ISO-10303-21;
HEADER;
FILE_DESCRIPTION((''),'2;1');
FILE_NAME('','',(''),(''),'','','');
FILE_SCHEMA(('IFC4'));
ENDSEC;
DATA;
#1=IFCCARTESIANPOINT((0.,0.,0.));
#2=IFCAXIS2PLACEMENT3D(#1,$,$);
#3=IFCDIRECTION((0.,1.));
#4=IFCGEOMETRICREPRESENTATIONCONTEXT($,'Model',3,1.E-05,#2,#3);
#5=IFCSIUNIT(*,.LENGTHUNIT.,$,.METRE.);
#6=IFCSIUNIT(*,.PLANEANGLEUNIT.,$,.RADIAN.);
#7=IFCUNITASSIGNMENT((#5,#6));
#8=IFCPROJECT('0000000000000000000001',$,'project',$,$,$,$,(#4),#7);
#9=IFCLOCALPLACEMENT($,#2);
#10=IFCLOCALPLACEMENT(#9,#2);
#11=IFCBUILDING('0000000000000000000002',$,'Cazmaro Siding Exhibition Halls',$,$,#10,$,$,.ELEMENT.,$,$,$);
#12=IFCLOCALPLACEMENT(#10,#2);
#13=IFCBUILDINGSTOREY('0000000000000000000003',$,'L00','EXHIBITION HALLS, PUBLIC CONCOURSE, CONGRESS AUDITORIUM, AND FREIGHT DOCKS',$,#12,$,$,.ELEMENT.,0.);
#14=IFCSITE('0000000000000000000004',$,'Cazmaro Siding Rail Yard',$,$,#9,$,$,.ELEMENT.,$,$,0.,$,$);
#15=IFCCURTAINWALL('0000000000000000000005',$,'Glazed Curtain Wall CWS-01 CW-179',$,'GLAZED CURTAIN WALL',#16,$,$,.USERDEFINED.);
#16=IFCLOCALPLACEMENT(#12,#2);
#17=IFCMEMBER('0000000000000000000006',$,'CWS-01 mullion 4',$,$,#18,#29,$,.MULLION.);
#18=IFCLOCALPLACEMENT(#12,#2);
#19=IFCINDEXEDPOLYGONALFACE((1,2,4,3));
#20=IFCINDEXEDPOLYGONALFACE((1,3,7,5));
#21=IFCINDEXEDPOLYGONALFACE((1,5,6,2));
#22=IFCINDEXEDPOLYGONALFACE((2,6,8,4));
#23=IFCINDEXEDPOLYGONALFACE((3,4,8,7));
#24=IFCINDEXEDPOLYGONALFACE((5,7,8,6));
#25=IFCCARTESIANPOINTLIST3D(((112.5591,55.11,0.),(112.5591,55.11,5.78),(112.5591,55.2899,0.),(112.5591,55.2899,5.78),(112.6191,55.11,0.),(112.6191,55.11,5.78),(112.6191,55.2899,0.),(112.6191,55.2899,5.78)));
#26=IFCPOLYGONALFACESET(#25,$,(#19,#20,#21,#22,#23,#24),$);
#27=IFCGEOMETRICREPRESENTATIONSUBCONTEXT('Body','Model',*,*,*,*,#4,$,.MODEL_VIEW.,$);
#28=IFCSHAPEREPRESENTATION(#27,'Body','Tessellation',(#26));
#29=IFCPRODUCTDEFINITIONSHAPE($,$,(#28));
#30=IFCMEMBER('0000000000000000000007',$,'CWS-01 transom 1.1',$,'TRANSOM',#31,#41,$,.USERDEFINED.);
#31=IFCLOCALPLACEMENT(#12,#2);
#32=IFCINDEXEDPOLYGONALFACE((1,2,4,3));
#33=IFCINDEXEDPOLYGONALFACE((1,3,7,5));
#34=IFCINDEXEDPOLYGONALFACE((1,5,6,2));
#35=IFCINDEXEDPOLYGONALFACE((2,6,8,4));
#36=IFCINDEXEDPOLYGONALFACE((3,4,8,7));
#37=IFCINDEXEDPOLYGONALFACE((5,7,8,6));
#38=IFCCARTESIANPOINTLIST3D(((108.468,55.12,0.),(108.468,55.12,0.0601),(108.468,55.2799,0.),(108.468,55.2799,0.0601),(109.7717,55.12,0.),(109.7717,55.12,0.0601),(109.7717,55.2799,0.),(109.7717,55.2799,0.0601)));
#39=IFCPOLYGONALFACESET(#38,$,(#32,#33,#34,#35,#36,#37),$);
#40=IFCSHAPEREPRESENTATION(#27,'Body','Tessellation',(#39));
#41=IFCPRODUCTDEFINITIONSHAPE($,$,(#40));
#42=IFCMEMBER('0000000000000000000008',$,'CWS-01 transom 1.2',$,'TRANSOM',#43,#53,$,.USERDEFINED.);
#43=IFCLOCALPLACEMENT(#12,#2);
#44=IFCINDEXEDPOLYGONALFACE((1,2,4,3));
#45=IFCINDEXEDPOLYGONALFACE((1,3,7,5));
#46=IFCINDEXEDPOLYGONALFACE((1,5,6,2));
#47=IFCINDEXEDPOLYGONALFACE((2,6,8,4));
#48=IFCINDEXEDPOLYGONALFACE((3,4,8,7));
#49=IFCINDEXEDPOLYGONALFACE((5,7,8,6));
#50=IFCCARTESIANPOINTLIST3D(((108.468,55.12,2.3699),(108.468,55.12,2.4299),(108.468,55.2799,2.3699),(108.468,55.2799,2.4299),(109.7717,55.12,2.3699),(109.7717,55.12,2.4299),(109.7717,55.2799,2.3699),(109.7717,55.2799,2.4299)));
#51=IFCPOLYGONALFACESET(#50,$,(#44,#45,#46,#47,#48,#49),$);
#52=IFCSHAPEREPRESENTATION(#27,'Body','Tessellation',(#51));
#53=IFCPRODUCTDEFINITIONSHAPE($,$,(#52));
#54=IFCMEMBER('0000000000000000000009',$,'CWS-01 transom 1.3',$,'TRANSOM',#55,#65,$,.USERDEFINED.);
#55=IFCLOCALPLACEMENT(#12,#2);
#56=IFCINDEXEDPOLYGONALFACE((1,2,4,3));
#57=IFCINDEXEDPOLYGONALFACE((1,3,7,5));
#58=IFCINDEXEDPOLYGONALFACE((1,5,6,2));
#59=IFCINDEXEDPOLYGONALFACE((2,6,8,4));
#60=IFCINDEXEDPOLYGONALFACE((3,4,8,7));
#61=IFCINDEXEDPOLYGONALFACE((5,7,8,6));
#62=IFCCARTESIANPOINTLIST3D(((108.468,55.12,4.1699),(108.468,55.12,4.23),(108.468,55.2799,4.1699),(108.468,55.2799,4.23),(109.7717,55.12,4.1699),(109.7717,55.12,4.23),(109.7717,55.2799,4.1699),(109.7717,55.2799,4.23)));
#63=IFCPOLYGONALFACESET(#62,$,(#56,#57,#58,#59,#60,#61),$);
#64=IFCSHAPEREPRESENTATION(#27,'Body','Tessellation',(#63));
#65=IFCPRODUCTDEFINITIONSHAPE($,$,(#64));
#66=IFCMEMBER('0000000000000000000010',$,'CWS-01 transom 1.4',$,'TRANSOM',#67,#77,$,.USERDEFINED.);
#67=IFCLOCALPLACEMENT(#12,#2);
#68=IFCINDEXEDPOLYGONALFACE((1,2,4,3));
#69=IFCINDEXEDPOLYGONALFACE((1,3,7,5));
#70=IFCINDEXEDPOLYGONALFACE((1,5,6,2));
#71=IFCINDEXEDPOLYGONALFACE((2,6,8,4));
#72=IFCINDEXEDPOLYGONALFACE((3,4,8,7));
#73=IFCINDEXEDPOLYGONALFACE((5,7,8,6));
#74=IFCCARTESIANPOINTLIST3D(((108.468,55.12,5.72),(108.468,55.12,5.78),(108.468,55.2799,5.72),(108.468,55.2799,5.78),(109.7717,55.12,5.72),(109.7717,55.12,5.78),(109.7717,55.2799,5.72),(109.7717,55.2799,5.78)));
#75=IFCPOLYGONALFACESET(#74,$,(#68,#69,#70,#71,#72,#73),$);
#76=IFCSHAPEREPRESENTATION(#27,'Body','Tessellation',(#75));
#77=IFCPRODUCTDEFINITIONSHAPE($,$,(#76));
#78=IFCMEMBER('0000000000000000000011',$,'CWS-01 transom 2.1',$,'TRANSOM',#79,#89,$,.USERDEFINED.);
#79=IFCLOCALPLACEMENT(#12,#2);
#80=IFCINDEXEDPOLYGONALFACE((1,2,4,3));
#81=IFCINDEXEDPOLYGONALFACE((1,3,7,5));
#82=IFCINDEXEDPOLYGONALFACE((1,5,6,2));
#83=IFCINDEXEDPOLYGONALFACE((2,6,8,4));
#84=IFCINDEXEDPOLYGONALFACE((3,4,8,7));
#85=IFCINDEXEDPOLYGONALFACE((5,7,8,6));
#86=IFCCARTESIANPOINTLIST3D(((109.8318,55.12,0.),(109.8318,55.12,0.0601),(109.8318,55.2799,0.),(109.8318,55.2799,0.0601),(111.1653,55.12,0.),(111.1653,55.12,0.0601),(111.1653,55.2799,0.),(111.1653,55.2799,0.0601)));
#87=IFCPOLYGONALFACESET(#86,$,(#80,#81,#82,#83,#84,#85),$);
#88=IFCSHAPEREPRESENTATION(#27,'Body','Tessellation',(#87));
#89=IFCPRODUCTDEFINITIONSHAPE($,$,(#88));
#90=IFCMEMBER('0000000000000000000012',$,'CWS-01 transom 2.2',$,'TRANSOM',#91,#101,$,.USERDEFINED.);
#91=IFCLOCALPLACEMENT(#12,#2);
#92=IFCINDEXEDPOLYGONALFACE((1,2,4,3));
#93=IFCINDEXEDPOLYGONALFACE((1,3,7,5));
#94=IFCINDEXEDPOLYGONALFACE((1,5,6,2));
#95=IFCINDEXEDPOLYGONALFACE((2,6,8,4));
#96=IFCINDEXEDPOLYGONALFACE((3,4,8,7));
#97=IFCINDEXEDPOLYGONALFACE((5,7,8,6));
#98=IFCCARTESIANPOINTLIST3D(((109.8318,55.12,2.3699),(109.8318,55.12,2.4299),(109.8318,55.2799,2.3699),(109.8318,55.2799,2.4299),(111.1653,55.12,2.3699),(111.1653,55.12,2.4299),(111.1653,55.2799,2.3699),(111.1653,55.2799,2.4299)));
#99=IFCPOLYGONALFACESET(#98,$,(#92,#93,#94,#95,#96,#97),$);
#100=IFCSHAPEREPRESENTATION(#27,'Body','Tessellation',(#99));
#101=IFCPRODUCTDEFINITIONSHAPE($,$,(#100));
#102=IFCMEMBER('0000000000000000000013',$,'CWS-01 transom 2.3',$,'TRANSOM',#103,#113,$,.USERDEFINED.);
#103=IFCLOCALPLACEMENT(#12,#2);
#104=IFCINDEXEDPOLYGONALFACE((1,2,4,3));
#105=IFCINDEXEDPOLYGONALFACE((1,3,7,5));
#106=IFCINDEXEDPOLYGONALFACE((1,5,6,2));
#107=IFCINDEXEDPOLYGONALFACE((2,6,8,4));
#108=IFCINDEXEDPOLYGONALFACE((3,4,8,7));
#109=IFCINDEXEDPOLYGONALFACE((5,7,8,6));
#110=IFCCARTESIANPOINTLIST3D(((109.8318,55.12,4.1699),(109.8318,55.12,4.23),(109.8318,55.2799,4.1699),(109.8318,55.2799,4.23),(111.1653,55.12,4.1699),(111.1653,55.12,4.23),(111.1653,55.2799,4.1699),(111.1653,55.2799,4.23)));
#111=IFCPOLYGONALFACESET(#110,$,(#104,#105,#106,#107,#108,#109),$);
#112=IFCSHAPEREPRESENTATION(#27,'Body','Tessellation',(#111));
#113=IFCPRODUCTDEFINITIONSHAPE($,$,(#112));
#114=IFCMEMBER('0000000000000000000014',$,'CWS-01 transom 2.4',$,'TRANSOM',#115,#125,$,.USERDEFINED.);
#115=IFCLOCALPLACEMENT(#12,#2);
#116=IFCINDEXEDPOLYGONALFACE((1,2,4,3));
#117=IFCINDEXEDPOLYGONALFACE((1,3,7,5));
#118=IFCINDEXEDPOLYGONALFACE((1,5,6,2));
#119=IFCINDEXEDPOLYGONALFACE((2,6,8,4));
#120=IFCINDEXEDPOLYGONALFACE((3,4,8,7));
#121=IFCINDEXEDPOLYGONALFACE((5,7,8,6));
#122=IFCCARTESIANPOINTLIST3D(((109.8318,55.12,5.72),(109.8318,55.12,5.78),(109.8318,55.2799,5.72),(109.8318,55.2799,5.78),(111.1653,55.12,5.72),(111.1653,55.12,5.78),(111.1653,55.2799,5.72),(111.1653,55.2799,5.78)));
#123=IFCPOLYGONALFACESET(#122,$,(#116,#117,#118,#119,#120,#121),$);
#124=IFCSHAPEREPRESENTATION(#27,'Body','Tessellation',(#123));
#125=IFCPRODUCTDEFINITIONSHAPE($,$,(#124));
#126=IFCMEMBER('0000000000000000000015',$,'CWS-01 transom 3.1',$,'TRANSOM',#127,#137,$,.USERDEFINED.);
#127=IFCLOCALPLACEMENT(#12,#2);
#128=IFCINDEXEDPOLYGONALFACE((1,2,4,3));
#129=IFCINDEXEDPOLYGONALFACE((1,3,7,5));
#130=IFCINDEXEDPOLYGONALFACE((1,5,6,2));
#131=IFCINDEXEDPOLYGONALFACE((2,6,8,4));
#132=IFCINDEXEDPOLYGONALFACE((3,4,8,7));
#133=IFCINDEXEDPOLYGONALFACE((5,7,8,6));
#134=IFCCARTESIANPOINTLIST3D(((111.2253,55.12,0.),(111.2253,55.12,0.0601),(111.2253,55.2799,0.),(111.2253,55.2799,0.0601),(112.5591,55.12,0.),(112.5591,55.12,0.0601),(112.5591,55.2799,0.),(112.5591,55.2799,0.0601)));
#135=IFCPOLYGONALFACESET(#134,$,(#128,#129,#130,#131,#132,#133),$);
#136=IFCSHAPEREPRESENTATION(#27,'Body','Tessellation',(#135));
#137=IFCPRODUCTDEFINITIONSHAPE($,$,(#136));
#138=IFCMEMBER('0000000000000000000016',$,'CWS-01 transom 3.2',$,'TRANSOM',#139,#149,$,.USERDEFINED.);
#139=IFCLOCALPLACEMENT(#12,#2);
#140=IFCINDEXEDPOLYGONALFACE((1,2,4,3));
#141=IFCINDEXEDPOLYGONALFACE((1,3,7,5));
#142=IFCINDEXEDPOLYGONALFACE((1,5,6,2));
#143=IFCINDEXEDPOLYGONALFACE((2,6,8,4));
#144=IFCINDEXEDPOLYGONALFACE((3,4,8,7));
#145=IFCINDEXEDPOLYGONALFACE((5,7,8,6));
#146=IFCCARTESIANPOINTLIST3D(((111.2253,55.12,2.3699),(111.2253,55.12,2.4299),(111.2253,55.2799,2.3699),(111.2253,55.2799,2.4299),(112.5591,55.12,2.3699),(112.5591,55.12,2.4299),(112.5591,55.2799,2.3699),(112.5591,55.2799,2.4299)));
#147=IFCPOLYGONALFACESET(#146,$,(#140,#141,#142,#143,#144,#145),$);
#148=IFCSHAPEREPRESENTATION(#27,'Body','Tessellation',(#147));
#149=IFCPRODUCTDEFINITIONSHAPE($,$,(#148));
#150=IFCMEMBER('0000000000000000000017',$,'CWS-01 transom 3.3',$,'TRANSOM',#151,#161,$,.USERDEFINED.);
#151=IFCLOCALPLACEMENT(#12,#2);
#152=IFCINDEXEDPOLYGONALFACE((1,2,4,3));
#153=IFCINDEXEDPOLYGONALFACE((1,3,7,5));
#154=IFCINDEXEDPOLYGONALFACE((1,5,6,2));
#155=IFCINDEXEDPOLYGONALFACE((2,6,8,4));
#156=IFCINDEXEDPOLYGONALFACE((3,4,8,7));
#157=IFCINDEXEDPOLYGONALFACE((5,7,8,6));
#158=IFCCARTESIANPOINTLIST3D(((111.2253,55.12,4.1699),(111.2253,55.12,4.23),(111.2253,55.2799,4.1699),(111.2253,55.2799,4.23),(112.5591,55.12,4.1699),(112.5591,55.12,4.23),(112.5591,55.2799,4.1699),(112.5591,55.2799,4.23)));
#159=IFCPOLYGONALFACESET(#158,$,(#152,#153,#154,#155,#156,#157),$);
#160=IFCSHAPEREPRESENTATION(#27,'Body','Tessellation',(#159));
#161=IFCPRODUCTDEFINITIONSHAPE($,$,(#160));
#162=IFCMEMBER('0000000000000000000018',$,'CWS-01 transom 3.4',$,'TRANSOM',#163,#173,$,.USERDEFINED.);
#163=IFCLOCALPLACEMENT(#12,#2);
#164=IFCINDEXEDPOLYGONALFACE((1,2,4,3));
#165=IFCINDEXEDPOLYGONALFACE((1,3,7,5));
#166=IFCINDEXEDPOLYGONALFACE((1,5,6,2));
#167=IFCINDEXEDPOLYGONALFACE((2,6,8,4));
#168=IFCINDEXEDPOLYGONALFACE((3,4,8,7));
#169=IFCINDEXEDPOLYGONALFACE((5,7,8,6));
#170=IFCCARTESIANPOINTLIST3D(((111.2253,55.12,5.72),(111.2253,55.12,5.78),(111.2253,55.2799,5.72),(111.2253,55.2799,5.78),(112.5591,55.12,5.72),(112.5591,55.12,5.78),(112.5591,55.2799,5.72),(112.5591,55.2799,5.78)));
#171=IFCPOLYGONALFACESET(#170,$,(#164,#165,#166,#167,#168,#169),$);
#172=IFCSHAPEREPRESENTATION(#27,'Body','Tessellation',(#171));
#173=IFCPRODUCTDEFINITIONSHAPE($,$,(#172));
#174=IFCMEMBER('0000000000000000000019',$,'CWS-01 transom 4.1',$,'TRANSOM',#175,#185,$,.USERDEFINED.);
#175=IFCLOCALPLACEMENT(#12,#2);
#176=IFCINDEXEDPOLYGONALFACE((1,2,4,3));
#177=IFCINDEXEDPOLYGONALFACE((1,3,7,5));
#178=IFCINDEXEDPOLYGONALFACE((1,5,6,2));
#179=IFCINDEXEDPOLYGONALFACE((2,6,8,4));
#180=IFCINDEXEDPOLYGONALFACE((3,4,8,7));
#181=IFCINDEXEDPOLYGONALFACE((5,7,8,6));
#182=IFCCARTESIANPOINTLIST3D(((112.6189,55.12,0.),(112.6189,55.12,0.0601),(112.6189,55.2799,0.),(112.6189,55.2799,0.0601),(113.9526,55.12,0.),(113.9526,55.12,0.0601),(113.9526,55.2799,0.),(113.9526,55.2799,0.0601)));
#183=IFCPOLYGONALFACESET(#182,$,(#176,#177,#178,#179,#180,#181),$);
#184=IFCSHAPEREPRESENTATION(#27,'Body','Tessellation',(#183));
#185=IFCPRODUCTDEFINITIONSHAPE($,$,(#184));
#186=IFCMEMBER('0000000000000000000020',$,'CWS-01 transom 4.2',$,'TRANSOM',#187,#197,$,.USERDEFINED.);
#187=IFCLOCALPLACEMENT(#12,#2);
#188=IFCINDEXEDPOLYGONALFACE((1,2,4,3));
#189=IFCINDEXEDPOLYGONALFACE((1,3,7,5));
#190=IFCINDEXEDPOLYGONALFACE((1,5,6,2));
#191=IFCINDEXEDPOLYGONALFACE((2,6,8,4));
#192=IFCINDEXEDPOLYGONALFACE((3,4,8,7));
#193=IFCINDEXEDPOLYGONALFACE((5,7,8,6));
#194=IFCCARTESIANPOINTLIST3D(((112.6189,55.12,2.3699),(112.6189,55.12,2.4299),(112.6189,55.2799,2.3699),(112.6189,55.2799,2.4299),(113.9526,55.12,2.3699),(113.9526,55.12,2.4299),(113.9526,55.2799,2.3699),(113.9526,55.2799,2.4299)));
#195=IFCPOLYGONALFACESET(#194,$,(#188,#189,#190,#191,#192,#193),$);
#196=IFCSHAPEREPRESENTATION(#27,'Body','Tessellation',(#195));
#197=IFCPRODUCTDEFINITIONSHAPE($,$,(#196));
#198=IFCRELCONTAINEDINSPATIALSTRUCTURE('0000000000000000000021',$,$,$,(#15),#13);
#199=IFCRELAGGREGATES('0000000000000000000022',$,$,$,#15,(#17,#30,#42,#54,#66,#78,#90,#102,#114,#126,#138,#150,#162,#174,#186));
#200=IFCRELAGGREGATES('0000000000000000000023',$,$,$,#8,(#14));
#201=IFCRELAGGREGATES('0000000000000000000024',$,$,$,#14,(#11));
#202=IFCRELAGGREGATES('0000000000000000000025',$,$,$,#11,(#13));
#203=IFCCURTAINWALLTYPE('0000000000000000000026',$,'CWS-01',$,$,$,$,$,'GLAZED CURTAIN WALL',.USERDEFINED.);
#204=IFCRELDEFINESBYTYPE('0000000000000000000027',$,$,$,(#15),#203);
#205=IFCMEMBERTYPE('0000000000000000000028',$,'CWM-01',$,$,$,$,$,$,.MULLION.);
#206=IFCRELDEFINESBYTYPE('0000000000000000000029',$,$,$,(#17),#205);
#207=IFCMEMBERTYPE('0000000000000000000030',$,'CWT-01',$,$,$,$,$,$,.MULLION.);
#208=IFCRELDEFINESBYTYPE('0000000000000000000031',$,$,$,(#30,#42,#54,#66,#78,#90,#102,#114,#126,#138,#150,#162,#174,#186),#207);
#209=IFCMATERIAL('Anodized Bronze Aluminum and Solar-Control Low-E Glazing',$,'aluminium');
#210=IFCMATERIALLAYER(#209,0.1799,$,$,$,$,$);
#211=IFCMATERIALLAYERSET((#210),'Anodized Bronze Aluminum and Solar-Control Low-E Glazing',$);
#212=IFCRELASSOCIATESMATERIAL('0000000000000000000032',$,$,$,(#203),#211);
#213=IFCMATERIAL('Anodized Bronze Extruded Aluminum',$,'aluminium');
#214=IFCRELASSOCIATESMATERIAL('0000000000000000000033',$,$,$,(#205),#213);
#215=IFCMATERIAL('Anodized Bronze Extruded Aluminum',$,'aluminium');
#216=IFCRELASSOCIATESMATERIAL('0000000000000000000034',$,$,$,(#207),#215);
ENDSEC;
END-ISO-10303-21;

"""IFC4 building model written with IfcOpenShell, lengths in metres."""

from ifc_helpers import new_model, si_unit, direction, frame, origin, origin_2d, place, context, subcontext, project, spatial, rectangle, extrude, material, layer, layer_set, material_profile, profile_set, type_object, element, aggregate, save


model = new_model("IFC4")

# Units and contexts
model_context = context("Model", 3, precision=1e-05, world=origin(), true_north=direction((0.0, 1.0)))
body_context = subcontext(model_context, "Body", "Model", "MODEL_VIEW")
ifc_project = project(units=[si_unit("LENGTHUNIT", "METRE"), si_unit("PLANEANGLEUNIT", "RADIAN")], contexts=[model_context])

# Site, building, storey
site_placement = place(None, origin())
site = spatial("IfcSite", under=ifc_project, at=site_placement, Name="Cazmaro Siding Rail Yard", CompositionType="ELEMENT", RefElevation=0.0)
building_placement = place(site_placement, origin())
building = spatial("IfcBuilding", under=site, at=building_placement, Name="Cazmaro Siding Exhibition Halls", CompositionType="ELEMENT")
storey_placement = place(building_placement, origin())
storey = spatial("IfcBuildingStorey", under=building, at=storey_placement, Name="L00", Description="EXHIBITION HALLS, PUBLIC CONCOURSE, CONGRESS AUDITORIUM, AND FREIGHT DOCKS", CompositionType="ELEMENT", Elevation=0.0)

# Shared definitions
ifc_material_1 = material(Name="Anodized Bronze Aluminum and Solar-Control Low-E Glazing", Category="aluminium")
ifc_layer_1 = layer(ifc_material_1, 0.1799)
ifc_layer_set_1 = layer_set([ifc_layer_1], Name="Anodized Bronze Aluminum and Solar-Control Low-E Glazing")
curtain_wall_type = type_object("IfcCurtainWallType", Name="CWS-01", ElementType="GLAZED CURTAIN WALL", PredefinedType="USERDEFINED", material=ifc_layer_set_1)
ifc_material_2 = material(Name="Anodized Bronze Extruded Aluminum", Category="aluminium")
ifc_material_profile_1 = material_profile(ifc_material_2, rectangle(XDim=0.1799, YDim=0.0601, at=origin_2d()), Name="CWM-01")
ifc_profile_set_1 = profile_set([ifc_material_profile_1], Name="Anodized Bronze Extruded Aluminum")
member_type_1 = type_object("IfcMemberType", Name="CWM-01", PredefinedType="MULLION", material=ifc_profile_set_1)

# Curtain wall, members
curtain_wall_1_placement = place(storey_placement, origin())
curtain_wall_1 = element("IfcCurtainWall", 1, at=curtain_wall_1_placement, inside=storey, type_object=curtain_wall_type, Name="Glazed Curtain Wall CWS-01 CW-179", ObjectType="GLAZED CURTAIN WALL", PredefinedType="USERDEFINED")
member_1_placement = place(storey_placement, frame((112.5891, 55.2, 0.0), z_axis=(0.0, 0.0, 1.0), x_axis=(0.0, 1.0, 0.0)))
member_1 = element("IfcMember", 2, at=member_1_placement, type_object=member_type_1, Name="CWS-01 mullion 4", PredefinedType="MULLION", context=body_context, shape_type="SweptSolid", body=[
    extrude(rectangle(XDim=0.1799, YDim=0.0601, at=origin_2d()), origin(), (0.0, 0.0, 1.0), 5.78),
])
ifc_material_3 = material(Name="Anodized Bronze Extruded Aluminum", Category="aluminium")
ifc_material_profile_2 = material_profile(ifc_material_3, rectangle(XDim=0.1599, YDim=0.0601, at=origin_2d()), Name="CWT-01")
ifc_profile_set_2 = profile_set([ifc_material_profile_2], Name="Anodized Bronze Extruded Aluminum")
member_type_2 = type_object("IfcMemberType", Name="CWT-01", PredefinedType="MULLION", material=ifc_profile_set_2)
member_2_placement = place(storey_placement, frame((108.468, 55.2, 0.03), z_axis=(1.0, 0.0, 0.0), x_axis=(0.0, 1.0, 0.0)))
member_2 = element("IfcMember", 3, at=member_2_placement, type_object=member_type_2, Name="CWS-01 transom 1.1", ObjectType="TRANSOM", PredefinedType="USERDEFINED", context=body_context, shape_type="SweptSolid", body=[
    extrude(rectangle(XDim=0.1599, YDim=0.0601, at=origin_2d()), origin(), (0.0, 0.0, 1.0), 1.3037),
])
member_3_placement = place(storey_placement, frame((108.468, 55.2, 2.3999), z_axis=(1.0, 0.0, 0.0), x_axis=(0.0, 1.0, 0.0)))
member_3 = element("IfcMember", 4, at=member_3_placement, type_object=member_type_2, Name="CWS-01 transom 1.2", ObjectType="TRANSOM", PredefinedType="USERDEFINED", context=body_context, shape_type="SweptSolid", body=[
    extrude(rectangle(XDim=0.1599, YDim=0.0601, at=origin_2d()), origin(), (0.0, 0.0, 1.0), 1.3037),
])
member_4_placement = place(storey_placement, frame((108.468, 55.2, 4.2), z_axis=(1.0, 0.0, 0.0), x_axis=(0.0, 1.0, 0.0)))
member_4 = element("IfcMember", 5, at=member_4_placement, type_object=member_type_2, Name="CWS-01 transom 1.3", ObjectType="TRANSOM", PredefinedType="USERDEFINED", context=body_context, shape_type="SweptSolid", body=[
    extrude(rectangle(XDim=0.1599, YDim=0.0601, at=origin_2d()), origin(), (0.0, 0.0, 1.0), 1.3037),
])
member_5_placement = place(storey_placement, frame((108.468, 55.2, 5.75), z_axis=(1.0, 0.0, 0.0), x_axis=(0.0, 1.0, 0.0)))
member_5 = element("IfcMember", 6, at=member_5_placement, type_object=member_type_2, Name="CWS-01 transom 1.4", ObjectType="TRANSOM", PredefinedType="USERDEFINED", context=body_context, shape_type="SweptSolid", body=[
    extrude(rectangle(XDim=0.1599, YDim=0.0601, at=origin_2d()), origin(), (0.0, 0.0, 1.0), 1.3037),
])
member_6_placement = place(storey_placement, frame((109.8318, 55.2, 0.03), z_axis=(1.0, 0.0, 0.0), x_axis=(0.0, 1.0, 0.0)))
member_6 = element("IfcMember", 7, at=member_6_placement, type_object=member_type_2, Name="CWS-01 transom 2.1", ObjectType="TRANSOM", PredefinedType="USERDEFINED", context=body_context, shape_type="SweptSolid", body=[
    extrude(rectangle(XDim=0.1599, YDim=0.0601, at=origin_2d()), origin(), (0.0, 0.0, 1.0), 1.3335),
])
member_7_placement = place(storey_placement, frame((109.8318, 55.2, 2.3999), z_axis=(1.0, 0.0, 0.0), x_axis=(0.0, 1.0, 0.0)))
member_7 = element("IfcMember", 8, at=member_7_placement, type_object=member_type_2, Name="CWS-01 transom 2.2", ObjectType="TRANSOM", PredefinedType="USERDEFINED", context=body_context, shape_type="SweptSolid", body=[
    extrude(rectangle(XDim=0.1599, YDim=0.0601, at=origin_2d()), origin(), (0.0, 0.0, 1.0), 1.3335),
])
member_8_placement = place(storey_placement, frame((109.8318, 55.2, 4.2), z_axis=(1.0, 0.0, 0.0), x_axis=(0.0, 1.0, 0.0)))
member_8 = element("IfcMember", 9, at=member_8_placement, type_object=member_type_2, Name="CWS-01 transom 2.3", ObjectType="TRANSOM", PredefinedType="USERDEFINED", context=body_context, shape_type="SweptSolid", body=[
    extrude(rectangle(XDim=0.1599, YDim=0.0601, at=origin_2d()), origin(), (0.0, 0.0, 1.0), 1.3335),
])
member_9_placement = place(storey_placement, frame((109.8318, 55.2, 5.75), z_axis=(1.0, 0.0, 0.0), x_axis=(0.0, 1.0, 0.0)))
member_9 = element("IfcMember", 10, at=member_9_placement, type_object=member_type_2, Name="CWS-01 transom 2.4", ObjectType="TRANSOM", PredefinedType="USERDEFINED", context=body_context, shape_type="SweptSolid", body=[
    extrude(rectangle(XDim=0.1599, YDim=0.0601, at=origin_2d()), origin(), (0.0, 0.0, 1.0), 1.3335),
])
member_10_placement = place(storey_placement, frame((111.2253, 55.2, 0.03), z_axis=(1.0, 0.0, 0.0), x_axis=(0.0, 1.0, 0.0)))
member_10 = element("IfcMember", 11, at=member_10_placement, type_object=member_type_2, Name="CWS-01 transom 3.1", ObjectType="TRANSOM", PredefinedType="USERDEFINED", context=body_context, shape_type="SweptSolid", body=[
    extrude(rectangle(XDim=0.1599, YDim=0.0601, at=origin_2d()), origin(), (0.0, 0.0, 1.0), 1.3337),
])
member_11_placement = place(storey_placement, frame((111.2253, 55.2, 2.3999), z_axis=(1.0, 0.0, 0.0), x_axis=(0.0, 1.0, 0.0)))
member_11 = element("IfcMember", 12, at=member_11_placement, type_object=member_type_2, Name="CWS-01 transom 3.2", ObjectType="TRANSOM", PredefinedType="USERDEFINED", context=body_context, shape_type="SweptSolid", body=[
    extrude(rectangle(XDim=0.1599, YDim=0.0601, at=origin_2d()), origin(), (0.0, 0.0, 1.0), 1.3337),
])
member_12_placement = place(storey_placement, frame((111.2253, 55.2, 4.2), z_axis=(1.0, 0.0, 0.0), x_axis=(0.0, 1.0, 0.0)))
member_12 = element("IfcMember", 13, at=member_12_placement, type_object=member_type_2, Name="CWS-01 transom 3.3", ObjectType="TRANSOM", PredefinedType="USERDEFINED", context=body_context, shape_type="SweptSolid", body=[
    extrude(rectangle(XDim=0.1599, YDim=0.0601, at=origin_2d()), origin(), (0.0, 0.0, 1.0), 1.3337),
])
member_13_placement = place(storey_placement, frame((111.2253, 55.2, 5.75), z_axis=(1.0, 0.0, 0.0), x_axis=(0.0, 1.0, 0.0)))
member_13 = element("IfcMember", 14, at=member_13_placement, type_object=member_type_2, Name="CWS-01 transom 3.4", ObjectType="TRANSOM", PredefinedType="USERDEFINED", context=body_context, shape_type="SweptSolid", body=[
    extrude(rectangle(XDim=0.1599, YDim=0.0601, at=origin_2d()), origin(), (0.0, 0.0, 1.0), 1.3337),
])
member_14_placement = place(storey_placement, frame((112.6189, 55.2, 0.03), z_axis=(1.0, 0.0, 0.0), x_axis=(0.0, 1.0, 0.0)))
member_14 = element("IfcMember", 15, at=member_14_placement, type_object=member_type_2, Name="CWS-01 transom 4.1", ObjectType="TRANSOM", PredefinedType="USERDEFINED", context=body_context, shape_type="SweptSolid", body=[
    extrude(rectangle(XDim=0.1599, YDim=0.0601, at=origin_2d()), origin(), (0.0, 0.0, 1.0), 1.3337),
])
member_15_placement = place(storey_placement, frame((112.6189, 55.2, 2.3999), z_axis=(1.0, 0.0, 0.0), x_axis=(0.0, 1.0, 0.0)))
member_15 = element("IfcMember", 16, at=member_15_placement, type_object=member_type_2, Name="CWS-01 transom 4.2", ObjectType="TRANSOM", PredefinedType="USERDEFINED", context=body_context, shape_type="SweptSolid", body=[
    extrude(rectangle(XDim=0.1599, YDim=0.0601, at=origin_2d()), origin(), (0.0, 0.0, 1.0), 1.3337),
])

aggregate(curtain_wall_1, [member_1, member_2, member_3, member_4, member_5, member_6, member_7, member_8, member_9, member_10, member_11, member_12, member_13, member_14, member_15])

save(model, "model.ifc")
